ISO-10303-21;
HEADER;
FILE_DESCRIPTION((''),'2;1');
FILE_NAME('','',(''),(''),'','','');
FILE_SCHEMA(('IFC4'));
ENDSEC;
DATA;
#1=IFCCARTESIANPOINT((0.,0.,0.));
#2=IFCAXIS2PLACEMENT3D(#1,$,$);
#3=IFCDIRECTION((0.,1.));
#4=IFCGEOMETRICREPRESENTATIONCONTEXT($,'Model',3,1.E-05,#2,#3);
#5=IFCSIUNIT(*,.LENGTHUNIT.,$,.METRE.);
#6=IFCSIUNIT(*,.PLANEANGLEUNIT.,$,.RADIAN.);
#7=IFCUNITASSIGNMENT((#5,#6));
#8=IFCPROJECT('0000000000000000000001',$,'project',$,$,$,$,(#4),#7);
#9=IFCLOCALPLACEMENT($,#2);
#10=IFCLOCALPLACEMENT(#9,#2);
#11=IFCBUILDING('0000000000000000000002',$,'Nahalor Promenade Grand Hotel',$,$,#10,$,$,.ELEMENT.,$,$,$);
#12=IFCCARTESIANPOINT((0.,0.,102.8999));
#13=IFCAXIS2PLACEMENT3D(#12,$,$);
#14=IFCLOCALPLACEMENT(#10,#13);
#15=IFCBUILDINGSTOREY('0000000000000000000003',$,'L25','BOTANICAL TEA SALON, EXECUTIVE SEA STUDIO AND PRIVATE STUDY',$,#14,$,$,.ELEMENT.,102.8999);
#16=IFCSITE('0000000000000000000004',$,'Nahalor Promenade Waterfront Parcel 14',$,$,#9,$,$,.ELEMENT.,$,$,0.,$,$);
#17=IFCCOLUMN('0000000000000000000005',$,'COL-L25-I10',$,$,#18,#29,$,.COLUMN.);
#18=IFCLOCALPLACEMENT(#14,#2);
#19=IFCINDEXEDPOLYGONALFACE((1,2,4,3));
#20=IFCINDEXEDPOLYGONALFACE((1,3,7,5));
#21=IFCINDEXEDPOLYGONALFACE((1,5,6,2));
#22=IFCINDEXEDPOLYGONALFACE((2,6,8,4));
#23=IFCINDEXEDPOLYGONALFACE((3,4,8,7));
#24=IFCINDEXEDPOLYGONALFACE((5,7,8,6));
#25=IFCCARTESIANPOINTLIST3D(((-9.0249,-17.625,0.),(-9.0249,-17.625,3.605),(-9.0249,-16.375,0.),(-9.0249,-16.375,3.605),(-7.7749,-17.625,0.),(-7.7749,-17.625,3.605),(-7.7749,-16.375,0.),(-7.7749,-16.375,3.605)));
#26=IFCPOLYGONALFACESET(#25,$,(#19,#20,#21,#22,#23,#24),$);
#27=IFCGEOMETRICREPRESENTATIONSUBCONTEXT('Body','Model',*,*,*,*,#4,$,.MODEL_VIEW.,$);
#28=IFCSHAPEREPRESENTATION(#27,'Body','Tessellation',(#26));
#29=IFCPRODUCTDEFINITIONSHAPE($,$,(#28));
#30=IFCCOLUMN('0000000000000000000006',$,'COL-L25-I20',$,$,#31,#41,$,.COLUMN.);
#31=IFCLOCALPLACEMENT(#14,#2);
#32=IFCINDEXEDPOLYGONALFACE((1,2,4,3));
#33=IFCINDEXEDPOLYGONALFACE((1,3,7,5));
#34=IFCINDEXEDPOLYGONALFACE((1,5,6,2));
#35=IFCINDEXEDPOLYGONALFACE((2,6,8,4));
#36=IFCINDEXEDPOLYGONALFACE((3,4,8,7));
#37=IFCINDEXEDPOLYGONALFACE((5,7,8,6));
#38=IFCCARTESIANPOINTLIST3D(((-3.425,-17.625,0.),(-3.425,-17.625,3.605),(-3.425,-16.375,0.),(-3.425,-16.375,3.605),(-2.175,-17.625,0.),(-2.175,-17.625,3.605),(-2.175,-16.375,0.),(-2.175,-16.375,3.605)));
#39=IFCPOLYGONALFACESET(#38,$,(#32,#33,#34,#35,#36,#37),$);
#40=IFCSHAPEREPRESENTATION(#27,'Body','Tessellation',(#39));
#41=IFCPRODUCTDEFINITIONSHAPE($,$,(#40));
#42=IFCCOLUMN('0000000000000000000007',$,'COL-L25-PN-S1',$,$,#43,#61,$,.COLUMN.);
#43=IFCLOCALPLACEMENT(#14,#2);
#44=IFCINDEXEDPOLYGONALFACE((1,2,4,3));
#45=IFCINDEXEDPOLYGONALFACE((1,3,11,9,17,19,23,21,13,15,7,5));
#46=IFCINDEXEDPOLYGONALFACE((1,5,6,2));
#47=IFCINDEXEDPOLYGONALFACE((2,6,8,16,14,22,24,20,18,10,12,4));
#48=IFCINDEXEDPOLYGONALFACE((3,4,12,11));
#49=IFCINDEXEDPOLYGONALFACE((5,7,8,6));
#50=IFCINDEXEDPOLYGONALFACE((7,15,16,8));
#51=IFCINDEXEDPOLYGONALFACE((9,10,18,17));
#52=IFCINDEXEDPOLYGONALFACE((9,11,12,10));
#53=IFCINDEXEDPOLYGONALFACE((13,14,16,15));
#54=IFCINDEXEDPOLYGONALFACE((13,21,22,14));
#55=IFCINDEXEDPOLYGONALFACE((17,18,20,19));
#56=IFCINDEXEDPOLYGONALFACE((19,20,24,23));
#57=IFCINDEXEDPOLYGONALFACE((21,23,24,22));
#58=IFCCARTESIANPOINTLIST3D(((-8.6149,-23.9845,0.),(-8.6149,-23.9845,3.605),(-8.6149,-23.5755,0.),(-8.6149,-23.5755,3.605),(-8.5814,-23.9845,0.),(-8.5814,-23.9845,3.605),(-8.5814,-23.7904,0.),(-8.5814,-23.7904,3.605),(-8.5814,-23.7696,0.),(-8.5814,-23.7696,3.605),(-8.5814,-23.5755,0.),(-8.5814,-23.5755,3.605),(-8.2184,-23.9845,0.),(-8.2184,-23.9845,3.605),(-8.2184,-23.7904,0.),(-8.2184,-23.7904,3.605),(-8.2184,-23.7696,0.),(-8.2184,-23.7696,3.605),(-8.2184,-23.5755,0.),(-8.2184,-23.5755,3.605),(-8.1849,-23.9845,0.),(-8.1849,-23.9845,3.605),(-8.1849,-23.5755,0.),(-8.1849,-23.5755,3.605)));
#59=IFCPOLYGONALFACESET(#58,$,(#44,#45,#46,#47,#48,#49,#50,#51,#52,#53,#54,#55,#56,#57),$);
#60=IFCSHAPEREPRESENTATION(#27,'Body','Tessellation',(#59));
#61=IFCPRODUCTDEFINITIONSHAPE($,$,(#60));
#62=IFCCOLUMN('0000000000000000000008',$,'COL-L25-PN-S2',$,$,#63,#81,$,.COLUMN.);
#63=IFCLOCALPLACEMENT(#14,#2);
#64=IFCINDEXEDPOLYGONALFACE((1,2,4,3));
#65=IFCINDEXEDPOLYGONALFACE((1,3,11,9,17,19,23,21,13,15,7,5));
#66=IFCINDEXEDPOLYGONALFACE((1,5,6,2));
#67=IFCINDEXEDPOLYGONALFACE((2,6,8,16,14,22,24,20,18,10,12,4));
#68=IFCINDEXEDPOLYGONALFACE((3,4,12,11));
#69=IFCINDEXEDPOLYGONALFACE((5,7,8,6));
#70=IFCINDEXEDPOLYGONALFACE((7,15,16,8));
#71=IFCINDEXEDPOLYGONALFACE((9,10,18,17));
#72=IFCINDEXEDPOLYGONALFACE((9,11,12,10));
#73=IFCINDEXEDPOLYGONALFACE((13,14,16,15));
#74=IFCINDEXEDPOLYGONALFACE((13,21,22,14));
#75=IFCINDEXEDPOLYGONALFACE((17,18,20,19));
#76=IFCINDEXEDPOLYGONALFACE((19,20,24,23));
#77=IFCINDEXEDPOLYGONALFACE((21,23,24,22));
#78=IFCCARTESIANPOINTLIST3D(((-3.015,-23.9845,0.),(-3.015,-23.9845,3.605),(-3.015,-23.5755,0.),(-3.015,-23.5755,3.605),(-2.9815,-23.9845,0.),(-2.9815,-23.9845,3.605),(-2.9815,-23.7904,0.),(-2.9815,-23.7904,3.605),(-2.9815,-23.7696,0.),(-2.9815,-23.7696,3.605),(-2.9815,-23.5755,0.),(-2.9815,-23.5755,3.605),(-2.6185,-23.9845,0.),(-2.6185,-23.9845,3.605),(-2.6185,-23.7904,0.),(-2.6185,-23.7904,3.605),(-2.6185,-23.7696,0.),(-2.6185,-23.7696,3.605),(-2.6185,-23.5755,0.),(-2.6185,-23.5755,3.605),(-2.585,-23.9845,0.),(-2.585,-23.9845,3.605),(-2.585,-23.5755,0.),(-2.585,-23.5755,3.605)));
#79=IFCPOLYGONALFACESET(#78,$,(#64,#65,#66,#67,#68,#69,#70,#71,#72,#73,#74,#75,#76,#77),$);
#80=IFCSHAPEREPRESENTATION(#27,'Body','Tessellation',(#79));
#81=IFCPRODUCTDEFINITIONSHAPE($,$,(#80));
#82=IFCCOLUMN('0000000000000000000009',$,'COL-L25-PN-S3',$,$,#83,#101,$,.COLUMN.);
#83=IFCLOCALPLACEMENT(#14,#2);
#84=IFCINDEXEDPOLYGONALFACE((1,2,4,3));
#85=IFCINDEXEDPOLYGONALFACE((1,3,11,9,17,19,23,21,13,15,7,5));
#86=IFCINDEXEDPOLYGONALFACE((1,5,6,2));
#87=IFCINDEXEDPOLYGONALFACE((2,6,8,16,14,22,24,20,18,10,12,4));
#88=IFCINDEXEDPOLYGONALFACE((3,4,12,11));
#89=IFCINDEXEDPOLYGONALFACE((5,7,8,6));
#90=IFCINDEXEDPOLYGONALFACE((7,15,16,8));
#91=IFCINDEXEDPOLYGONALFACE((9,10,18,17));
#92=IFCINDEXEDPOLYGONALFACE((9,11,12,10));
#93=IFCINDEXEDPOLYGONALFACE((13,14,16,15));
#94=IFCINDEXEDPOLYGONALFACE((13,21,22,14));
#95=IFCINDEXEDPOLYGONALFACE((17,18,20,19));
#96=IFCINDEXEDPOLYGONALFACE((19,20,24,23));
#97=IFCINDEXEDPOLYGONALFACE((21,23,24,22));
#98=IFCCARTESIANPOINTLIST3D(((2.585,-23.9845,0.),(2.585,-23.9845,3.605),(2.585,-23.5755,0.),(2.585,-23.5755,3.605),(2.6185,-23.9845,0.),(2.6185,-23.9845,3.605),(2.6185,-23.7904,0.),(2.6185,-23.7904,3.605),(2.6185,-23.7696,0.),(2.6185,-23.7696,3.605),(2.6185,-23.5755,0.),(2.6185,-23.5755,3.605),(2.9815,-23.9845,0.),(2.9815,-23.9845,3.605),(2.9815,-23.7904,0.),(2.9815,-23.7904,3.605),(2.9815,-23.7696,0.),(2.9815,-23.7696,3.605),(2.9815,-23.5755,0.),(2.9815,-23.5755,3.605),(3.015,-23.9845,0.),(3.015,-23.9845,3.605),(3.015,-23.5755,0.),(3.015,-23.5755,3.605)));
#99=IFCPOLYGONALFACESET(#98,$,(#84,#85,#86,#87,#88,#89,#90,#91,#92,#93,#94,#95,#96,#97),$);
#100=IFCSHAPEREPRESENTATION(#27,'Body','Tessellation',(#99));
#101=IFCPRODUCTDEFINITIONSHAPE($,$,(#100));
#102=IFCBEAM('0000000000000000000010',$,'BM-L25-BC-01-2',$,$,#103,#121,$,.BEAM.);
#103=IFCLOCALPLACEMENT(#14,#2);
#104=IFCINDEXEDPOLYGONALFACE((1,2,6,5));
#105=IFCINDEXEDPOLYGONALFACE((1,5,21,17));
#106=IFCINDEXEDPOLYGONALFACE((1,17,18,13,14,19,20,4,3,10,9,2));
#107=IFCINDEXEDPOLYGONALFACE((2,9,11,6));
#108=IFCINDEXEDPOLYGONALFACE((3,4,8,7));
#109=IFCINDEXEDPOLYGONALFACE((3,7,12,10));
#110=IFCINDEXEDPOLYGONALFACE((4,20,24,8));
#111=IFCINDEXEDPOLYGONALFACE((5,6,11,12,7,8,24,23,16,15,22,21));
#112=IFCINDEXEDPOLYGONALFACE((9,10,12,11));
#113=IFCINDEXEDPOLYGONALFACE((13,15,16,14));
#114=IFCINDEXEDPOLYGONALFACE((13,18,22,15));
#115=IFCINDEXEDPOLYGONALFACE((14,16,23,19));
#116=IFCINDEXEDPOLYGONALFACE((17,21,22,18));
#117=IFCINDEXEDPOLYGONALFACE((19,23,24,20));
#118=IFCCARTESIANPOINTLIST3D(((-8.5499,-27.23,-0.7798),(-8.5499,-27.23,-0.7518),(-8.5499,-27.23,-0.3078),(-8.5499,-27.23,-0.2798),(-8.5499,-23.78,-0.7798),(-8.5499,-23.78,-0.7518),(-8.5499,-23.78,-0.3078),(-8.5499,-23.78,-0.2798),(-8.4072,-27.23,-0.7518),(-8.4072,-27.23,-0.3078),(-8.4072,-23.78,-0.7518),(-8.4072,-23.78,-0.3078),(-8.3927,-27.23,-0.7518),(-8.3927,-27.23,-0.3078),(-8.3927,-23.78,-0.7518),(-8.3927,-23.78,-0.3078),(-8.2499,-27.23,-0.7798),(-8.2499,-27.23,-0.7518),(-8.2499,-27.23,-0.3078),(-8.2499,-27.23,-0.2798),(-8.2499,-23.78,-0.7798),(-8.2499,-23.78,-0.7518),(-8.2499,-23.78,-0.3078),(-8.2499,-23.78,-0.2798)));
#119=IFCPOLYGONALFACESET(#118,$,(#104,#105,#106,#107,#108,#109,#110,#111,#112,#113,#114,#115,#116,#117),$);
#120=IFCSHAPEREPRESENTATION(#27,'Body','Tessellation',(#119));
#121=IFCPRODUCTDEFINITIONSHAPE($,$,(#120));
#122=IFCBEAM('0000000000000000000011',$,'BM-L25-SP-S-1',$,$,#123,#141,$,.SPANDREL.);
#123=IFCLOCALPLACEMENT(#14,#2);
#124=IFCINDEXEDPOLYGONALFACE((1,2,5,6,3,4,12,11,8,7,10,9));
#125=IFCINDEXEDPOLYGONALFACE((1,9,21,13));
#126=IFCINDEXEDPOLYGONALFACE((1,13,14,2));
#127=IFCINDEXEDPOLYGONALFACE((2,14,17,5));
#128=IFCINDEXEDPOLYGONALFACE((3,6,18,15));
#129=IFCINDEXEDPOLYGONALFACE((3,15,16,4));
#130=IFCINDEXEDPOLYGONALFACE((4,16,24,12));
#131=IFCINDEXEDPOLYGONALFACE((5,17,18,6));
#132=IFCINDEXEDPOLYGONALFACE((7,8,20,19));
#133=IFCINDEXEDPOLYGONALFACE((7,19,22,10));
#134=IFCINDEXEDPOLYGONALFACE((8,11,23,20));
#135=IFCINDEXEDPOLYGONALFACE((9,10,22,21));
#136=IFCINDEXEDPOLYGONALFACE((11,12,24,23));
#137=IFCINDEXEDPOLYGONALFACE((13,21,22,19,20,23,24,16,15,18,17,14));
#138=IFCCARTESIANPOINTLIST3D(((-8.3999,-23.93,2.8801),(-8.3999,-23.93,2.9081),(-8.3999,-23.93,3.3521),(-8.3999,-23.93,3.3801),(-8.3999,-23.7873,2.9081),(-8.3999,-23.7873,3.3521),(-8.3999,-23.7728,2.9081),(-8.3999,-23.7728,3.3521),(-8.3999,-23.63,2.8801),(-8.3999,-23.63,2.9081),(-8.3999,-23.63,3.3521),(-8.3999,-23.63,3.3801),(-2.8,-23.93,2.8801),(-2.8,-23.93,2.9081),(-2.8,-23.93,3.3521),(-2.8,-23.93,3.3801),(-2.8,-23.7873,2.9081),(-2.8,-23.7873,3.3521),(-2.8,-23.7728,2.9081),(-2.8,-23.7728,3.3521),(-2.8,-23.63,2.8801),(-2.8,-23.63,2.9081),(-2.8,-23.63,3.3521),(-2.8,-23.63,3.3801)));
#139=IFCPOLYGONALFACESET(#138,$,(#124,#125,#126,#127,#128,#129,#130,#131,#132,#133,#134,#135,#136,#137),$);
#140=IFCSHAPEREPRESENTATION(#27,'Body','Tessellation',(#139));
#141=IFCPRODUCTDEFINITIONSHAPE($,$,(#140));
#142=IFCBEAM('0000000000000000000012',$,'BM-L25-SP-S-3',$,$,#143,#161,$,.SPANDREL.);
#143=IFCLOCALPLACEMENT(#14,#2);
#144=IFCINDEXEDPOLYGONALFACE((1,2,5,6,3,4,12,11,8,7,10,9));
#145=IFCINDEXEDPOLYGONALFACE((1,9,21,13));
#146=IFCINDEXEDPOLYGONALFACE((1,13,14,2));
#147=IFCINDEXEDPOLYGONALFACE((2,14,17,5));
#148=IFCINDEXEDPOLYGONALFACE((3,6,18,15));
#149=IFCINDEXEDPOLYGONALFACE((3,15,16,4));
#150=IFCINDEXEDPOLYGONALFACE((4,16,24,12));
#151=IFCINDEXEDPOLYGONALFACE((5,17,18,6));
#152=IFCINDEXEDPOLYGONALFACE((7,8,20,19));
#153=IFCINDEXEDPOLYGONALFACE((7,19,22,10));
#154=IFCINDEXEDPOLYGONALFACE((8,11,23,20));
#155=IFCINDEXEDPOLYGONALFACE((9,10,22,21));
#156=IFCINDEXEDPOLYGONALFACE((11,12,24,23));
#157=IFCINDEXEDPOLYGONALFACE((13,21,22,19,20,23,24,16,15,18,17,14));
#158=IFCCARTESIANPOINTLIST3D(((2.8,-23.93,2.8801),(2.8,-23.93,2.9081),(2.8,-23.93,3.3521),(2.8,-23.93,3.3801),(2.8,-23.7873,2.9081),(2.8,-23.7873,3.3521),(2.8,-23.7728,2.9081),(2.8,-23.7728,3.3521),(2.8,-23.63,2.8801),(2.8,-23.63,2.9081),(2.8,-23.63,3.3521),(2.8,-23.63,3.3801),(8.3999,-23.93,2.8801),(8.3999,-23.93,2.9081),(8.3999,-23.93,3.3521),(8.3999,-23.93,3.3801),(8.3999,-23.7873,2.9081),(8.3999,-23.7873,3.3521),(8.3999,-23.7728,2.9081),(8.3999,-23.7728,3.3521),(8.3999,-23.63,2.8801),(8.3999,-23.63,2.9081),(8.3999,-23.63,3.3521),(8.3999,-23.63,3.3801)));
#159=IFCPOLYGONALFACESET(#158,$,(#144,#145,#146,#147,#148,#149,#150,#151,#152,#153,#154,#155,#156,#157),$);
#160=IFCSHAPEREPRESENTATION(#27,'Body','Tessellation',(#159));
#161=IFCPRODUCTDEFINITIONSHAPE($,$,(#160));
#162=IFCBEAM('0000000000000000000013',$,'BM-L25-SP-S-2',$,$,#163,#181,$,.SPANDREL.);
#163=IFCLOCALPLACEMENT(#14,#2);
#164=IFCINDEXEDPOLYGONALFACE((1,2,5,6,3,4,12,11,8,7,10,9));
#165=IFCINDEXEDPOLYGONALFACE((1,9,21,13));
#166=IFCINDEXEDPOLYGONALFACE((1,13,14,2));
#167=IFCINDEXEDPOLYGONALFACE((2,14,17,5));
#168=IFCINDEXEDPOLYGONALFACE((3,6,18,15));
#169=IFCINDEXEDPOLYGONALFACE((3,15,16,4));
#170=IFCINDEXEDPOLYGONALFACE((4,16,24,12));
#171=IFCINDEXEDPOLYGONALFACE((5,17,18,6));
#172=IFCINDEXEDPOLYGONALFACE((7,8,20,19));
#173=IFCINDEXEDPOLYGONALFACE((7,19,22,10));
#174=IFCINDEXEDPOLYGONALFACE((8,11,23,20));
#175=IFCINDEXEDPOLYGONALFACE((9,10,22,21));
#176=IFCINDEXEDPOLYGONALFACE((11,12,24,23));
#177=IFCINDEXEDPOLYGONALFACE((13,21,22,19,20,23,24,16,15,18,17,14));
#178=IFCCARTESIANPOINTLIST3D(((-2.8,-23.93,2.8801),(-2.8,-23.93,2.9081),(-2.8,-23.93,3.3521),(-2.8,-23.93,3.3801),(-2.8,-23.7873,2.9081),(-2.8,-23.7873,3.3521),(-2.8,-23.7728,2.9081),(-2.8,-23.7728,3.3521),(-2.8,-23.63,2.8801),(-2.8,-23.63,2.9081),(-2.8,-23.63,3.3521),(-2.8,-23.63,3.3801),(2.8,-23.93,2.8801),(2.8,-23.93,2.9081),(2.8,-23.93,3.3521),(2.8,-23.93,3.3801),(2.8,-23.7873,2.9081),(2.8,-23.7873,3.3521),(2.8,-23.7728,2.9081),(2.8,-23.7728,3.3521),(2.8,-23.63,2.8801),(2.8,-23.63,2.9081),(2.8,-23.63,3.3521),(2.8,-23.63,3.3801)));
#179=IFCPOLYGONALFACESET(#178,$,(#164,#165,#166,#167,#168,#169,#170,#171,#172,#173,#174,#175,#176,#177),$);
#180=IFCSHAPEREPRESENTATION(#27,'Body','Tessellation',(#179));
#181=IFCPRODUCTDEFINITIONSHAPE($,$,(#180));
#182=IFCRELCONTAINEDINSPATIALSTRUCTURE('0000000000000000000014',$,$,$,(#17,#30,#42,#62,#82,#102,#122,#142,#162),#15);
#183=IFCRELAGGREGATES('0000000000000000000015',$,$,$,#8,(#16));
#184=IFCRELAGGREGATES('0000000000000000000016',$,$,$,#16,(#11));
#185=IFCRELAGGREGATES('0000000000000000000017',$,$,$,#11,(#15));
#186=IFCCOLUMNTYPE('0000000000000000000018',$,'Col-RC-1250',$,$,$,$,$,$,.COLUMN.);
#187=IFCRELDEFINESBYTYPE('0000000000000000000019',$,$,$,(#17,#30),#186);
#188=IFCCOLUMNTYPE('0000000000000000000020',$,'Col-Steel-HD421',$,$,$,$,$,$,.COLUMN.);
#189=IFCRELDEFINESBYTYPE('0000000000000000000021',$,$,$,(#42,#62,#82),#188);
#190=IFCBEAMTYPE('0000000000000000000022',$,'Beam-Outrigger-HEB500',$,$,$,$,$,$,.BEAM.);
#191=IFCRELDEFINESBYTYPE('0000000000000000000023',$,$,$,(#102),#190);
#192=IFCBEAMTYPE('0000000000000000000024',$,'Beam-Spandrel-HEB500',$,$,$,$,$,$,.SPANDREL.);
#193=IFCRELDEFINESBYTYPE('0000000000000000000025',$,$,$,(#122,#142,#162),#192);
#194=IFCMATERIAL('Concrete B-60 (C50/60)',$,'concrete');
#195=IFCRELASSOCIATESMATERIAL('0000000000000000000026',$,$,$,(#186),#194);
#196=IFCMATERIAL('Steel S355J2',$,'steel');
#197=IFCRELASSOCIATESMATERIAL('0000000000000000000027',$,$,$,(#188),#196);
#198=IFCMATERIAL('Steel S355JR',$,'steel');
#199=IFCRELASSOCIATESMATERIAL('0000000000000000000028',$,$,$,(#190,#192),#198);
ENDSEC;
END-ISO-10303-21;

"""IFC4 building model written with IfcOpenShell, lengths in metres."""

from ifc_helpers import new_model, si_unit, direction, frame, origin, origin_2d, place, context, subcontext, project, spatial, rectangle, i_section, extrude, source, transform, mapped, material, material_profile, profile_set, type_object, element, save


model = new_model("IFC4")

# Units and contexts
model_context = context("Model", 3, precision=1e-05, world=origin(), true_north=direction((0.0, 1.0)))
body_context = subcontext(model_context, "Body", "Model", "MODEL_VIEW")
ifc_project = project(units=[si_unit("LENGTHUNIT", "METRE"), si_unit("PLANEANGLEUNIT", "RADIAN")], contexts=[model_context])

# Site, building, storey
site_placement = place(None, origin())
site = spatial("IfcSite", under=ifc_project, at=site_placement, Name="Nahalor Promenade Waterfront Parcel 14", CompositionType="ELEMENT", RefElevation=0.0)
building_placement = place(site_placement, origin())
building = spatial("IfcBuilding", under=site, at=building_placement, Name="Nahalor Promenade Grand Hotel", CompositionType="ELEMENT")
storey_placement = place(building_placement, frame((0.0, 0.0, 102.8999)))
storey = spatial("IfcBuildingStorey", under=building, at=storey_placement, Name="L25", Description="BOTANICAL TEA SALON, EXECUTIVE SEA STUDIO AND PRIVATE STUDY", CompositionType="ELEMENT", Elevation=102.8999)

# Columns
ifc_material_1 = material(Name="Concrete B-60 (C50/60)", Category="concrete")
ifc_material_profile_1 = material_profile(ifc_material_1, rectangle(XDim=1.25, YDim=1.25, at=origin_2d()), Name="RC 1250x1250")
ifc_profile_set_1 = profile_set([ifc_material_profile_1], Name="Concrete B-60 (C50/60)")
column_type_1 = type_object("IfcColumnType", Name="Col-RC-1250", PredefinedType="COLUMN", material=ifc_profile_set_1)
shared_shape_1 = source(origin(), body_context, "Body", "SweptSolid", [
    extrude(rectangle(XDim=1.25, YDim=1.25, at=origin_2d()), origin(), (0.0, 0.0, 1.0), 3.605),
])
for number, where, z_axis, x_axis, name in (
    (1, (-8.3999, -17.0, 0.0), (0.0, 0.0, 1.0), (1.0, 0.0, 0.0), "COL-L25-I10"),
    (2, (-2.8, -17.0, 0.0), (0.0, 0.0, 1.0), (1.0, 0.0, 0.0), "COL-L25-I20"),
):
    element("IfcColumn", number, at=place(storey_placement, frame(where, z_axis=z_axis, x_axis=x_axis)), inside=storey, type_object=column_type_1, Name=name, PredefinedType="COLUMN", context=body_context, shape_type="MappedRepresentation", body=[
        mapped(shared_shape_1, transform((0.0, 0.0, 0.0), scale=1.0)),
    ])
ifc_material_2 = material(Name="Steel S355J2", Category="steel")
ifc_material_profile_2 = material_profile(ifc_material_2, i_section(OverallWidth=0.409, OverallDepth=0.43, WebThickness=0.0208, FlangeThickness=0.0335, at=origin_2d()), Name="HD 400x421")
ifc_profile_set_2 = profile_set([ifc_material_profile_2], Name="Steel S355J2")
column_type_2 = type_object("IfcColumnType", Name="Col-Steel-HD421", PredefinedType="COLUMN", material=ifc_profile_set_2)
shared_shape_2 = source(origin(), body_context, "Body", "SweptSolid", [
    extrude(i_section(OverallWidth=0.409, OverallDepth=0.43, WebThickness=0.0208, FlangeThickness=0.0335, at=origin_2d()), origin(), (0.0, 0.0, 1.0), 3.605),
])
for number, where, z_axis, x_axis, name in (
    (3, (-8.3999, -23.78, 0.0), (0.0, 0.0, 1.0), (0.0, 1.0, 0.0), "COL-L25-PN-S1"),
    (4, (-2.8, -23.78, 0.0), (0.0, 0.0, 1.0), (0.0, 1.0, 0.0), "COL-L25-PN-S2"),
    (5, (2.8, -23.78, 0.0), (0.0, 0.0, 1.0), (0.0, 1.0, 0.0), "COL-L25-PN-S3"),
):
    element("IfcColumn", number, at=place(storey_placement, frame(where, z_axis=z_axis, x_axis=x_axis)), inside=storey, type_object=column_type_2, Name=name, PredefinedType="COLUMN", context=body_context, shape_type="MappedRepresentation", body=[
        mapped(shared_shape_2, transform((0.0, 0.0, 0.0), scale=1.0)),
    ])

# Beams
ifc_material_3 = material(Name="Steel S355JR", Category="steel")
ifc_material_profile_3 = material_profile(ifc_material_3, i_section(OverallWidth=0.3, OverallDepth=0.5, WebThickness=0.0145, FlangeThickness=0.028, at=origin_2d()), Name="HEB 500")
ifc_profile_set_3 = profile_set([ifc_material_profile_3], Name="Steel S355JR")
beam_type_1 = type_object("IfcBeamType", Name="Beam-Outrigger-HEB500", PredefinedType="BEAM", material=ifc_profile_set_3)
shared_shape_3 = source(origin(), body_context, "Body", "SweptSolid", [
    extrude(i_section(OverallWidth=0.3, OverallDepth=0.5, WebThickness=0.0145, FlangeThickness=0.028, at=origin_2d()), origin(), (0.0, 0.0, 1.0), 3.45),
])
beam_1_placement = place(storey_placement, frame((-8.3999, -27.23, -0.5298), z_axis=(0.0, 1.0, 0.0), x_axis=(-1.0, 0.0, 0.0)))
element("IfcBeam", 6, at=beam_1_placement, inside=storey, type_object=beam_type_1, Name="BM-L25-BC-01-2", PredefinedType="BEAM", context=body_context, shape_type="MappedRepresentation", body=[
    mapped(shared_shape_3, transform((0.0, 0.0, 0.0), scale=1.0)),
])
ifc_material_profile_4 = material_profile(ifc_material_3, i_section(OverallWidth=0.3, OverallDepth=0.5, WebThickness=0.0145, FlangeThickness=0.028, at=origin_2d()), Name="HEB 500")
ifc_profile_set_4 = profile_set([ifc_material_profile_4], Name="Steel S355JR")
beam_type_2 = type_object("IfcBeamType", Name="Beam-Spandrel-HEB500", PredefinedType="SPANDREL", material=ifc_profile_set_4)
shared_shape_4 = source(origin(), body_context, "Body", "SweptSolid", [
    extrude(i_section(OverallWidth=0.3, OverallDepth=0.5, WebThickness=0.0145, FlangeThickness=0.028, at=origin_2d()), origin(), (0.0, 0.0, 1.0), 5.5999),
])
for number, where, z_axis, x_axis, name in (
    (7, (-8.3999, -23.78, 3.1301), (1.0, 0.0, 0.0), (0.0, 1.0, 0.0), "BM-L25-SP-S-1"),
    (8, (2.8, -23.78, 3.1301), (1.0, 0.0, 0.0), (0.0, 1.0, 0.0), "BM-L25-SP-S-3"),
):
    element("IfcBeam", number, at=place(storey_placement, frame(where, z_axis=z_axis, x_axis=x_axis)), inside=storey, type_object=beam_type_2, Name=name, PredefinedType="SPANDREL", context=body_context, shape_type="MappedRepresentation", body=[
        mapped(shared_shape_4, transform((0.0, 0.0, 0.0), scale=1.0)),
    ])
shared_shape_5 = source(origin(), body_context, "Body", "SweptSolid", [
    extrude(i_section(OverallWidth=0.3, OverallDepth=0.5, WebThickness=0.0145, FlangeThickness=0.028, at=origin_2d()), origin(), (0.0, 0.0, 1.0), 5.6001),
])
beam_2_placement = place(storey_placement, frame((-2.8, -23.78, 3.1301), z_axis=(1.0, 0.0, 0.0), x_axis=(0.0, 1.0, 0.0)))
element("IfcBeam", 9, at=beam_2_placement, inside=storey, type_object=beam_type_2, Name="BM-L25-SP-S-2", PredefinedType="SPANDREL", context=body_context, shape_type="MappedRepresentation", body=[
    mapped(shared_shape_5, transform((0.0, 0.0, 0.0), scale=1.0)),
])

save(model, "model.ifc")
